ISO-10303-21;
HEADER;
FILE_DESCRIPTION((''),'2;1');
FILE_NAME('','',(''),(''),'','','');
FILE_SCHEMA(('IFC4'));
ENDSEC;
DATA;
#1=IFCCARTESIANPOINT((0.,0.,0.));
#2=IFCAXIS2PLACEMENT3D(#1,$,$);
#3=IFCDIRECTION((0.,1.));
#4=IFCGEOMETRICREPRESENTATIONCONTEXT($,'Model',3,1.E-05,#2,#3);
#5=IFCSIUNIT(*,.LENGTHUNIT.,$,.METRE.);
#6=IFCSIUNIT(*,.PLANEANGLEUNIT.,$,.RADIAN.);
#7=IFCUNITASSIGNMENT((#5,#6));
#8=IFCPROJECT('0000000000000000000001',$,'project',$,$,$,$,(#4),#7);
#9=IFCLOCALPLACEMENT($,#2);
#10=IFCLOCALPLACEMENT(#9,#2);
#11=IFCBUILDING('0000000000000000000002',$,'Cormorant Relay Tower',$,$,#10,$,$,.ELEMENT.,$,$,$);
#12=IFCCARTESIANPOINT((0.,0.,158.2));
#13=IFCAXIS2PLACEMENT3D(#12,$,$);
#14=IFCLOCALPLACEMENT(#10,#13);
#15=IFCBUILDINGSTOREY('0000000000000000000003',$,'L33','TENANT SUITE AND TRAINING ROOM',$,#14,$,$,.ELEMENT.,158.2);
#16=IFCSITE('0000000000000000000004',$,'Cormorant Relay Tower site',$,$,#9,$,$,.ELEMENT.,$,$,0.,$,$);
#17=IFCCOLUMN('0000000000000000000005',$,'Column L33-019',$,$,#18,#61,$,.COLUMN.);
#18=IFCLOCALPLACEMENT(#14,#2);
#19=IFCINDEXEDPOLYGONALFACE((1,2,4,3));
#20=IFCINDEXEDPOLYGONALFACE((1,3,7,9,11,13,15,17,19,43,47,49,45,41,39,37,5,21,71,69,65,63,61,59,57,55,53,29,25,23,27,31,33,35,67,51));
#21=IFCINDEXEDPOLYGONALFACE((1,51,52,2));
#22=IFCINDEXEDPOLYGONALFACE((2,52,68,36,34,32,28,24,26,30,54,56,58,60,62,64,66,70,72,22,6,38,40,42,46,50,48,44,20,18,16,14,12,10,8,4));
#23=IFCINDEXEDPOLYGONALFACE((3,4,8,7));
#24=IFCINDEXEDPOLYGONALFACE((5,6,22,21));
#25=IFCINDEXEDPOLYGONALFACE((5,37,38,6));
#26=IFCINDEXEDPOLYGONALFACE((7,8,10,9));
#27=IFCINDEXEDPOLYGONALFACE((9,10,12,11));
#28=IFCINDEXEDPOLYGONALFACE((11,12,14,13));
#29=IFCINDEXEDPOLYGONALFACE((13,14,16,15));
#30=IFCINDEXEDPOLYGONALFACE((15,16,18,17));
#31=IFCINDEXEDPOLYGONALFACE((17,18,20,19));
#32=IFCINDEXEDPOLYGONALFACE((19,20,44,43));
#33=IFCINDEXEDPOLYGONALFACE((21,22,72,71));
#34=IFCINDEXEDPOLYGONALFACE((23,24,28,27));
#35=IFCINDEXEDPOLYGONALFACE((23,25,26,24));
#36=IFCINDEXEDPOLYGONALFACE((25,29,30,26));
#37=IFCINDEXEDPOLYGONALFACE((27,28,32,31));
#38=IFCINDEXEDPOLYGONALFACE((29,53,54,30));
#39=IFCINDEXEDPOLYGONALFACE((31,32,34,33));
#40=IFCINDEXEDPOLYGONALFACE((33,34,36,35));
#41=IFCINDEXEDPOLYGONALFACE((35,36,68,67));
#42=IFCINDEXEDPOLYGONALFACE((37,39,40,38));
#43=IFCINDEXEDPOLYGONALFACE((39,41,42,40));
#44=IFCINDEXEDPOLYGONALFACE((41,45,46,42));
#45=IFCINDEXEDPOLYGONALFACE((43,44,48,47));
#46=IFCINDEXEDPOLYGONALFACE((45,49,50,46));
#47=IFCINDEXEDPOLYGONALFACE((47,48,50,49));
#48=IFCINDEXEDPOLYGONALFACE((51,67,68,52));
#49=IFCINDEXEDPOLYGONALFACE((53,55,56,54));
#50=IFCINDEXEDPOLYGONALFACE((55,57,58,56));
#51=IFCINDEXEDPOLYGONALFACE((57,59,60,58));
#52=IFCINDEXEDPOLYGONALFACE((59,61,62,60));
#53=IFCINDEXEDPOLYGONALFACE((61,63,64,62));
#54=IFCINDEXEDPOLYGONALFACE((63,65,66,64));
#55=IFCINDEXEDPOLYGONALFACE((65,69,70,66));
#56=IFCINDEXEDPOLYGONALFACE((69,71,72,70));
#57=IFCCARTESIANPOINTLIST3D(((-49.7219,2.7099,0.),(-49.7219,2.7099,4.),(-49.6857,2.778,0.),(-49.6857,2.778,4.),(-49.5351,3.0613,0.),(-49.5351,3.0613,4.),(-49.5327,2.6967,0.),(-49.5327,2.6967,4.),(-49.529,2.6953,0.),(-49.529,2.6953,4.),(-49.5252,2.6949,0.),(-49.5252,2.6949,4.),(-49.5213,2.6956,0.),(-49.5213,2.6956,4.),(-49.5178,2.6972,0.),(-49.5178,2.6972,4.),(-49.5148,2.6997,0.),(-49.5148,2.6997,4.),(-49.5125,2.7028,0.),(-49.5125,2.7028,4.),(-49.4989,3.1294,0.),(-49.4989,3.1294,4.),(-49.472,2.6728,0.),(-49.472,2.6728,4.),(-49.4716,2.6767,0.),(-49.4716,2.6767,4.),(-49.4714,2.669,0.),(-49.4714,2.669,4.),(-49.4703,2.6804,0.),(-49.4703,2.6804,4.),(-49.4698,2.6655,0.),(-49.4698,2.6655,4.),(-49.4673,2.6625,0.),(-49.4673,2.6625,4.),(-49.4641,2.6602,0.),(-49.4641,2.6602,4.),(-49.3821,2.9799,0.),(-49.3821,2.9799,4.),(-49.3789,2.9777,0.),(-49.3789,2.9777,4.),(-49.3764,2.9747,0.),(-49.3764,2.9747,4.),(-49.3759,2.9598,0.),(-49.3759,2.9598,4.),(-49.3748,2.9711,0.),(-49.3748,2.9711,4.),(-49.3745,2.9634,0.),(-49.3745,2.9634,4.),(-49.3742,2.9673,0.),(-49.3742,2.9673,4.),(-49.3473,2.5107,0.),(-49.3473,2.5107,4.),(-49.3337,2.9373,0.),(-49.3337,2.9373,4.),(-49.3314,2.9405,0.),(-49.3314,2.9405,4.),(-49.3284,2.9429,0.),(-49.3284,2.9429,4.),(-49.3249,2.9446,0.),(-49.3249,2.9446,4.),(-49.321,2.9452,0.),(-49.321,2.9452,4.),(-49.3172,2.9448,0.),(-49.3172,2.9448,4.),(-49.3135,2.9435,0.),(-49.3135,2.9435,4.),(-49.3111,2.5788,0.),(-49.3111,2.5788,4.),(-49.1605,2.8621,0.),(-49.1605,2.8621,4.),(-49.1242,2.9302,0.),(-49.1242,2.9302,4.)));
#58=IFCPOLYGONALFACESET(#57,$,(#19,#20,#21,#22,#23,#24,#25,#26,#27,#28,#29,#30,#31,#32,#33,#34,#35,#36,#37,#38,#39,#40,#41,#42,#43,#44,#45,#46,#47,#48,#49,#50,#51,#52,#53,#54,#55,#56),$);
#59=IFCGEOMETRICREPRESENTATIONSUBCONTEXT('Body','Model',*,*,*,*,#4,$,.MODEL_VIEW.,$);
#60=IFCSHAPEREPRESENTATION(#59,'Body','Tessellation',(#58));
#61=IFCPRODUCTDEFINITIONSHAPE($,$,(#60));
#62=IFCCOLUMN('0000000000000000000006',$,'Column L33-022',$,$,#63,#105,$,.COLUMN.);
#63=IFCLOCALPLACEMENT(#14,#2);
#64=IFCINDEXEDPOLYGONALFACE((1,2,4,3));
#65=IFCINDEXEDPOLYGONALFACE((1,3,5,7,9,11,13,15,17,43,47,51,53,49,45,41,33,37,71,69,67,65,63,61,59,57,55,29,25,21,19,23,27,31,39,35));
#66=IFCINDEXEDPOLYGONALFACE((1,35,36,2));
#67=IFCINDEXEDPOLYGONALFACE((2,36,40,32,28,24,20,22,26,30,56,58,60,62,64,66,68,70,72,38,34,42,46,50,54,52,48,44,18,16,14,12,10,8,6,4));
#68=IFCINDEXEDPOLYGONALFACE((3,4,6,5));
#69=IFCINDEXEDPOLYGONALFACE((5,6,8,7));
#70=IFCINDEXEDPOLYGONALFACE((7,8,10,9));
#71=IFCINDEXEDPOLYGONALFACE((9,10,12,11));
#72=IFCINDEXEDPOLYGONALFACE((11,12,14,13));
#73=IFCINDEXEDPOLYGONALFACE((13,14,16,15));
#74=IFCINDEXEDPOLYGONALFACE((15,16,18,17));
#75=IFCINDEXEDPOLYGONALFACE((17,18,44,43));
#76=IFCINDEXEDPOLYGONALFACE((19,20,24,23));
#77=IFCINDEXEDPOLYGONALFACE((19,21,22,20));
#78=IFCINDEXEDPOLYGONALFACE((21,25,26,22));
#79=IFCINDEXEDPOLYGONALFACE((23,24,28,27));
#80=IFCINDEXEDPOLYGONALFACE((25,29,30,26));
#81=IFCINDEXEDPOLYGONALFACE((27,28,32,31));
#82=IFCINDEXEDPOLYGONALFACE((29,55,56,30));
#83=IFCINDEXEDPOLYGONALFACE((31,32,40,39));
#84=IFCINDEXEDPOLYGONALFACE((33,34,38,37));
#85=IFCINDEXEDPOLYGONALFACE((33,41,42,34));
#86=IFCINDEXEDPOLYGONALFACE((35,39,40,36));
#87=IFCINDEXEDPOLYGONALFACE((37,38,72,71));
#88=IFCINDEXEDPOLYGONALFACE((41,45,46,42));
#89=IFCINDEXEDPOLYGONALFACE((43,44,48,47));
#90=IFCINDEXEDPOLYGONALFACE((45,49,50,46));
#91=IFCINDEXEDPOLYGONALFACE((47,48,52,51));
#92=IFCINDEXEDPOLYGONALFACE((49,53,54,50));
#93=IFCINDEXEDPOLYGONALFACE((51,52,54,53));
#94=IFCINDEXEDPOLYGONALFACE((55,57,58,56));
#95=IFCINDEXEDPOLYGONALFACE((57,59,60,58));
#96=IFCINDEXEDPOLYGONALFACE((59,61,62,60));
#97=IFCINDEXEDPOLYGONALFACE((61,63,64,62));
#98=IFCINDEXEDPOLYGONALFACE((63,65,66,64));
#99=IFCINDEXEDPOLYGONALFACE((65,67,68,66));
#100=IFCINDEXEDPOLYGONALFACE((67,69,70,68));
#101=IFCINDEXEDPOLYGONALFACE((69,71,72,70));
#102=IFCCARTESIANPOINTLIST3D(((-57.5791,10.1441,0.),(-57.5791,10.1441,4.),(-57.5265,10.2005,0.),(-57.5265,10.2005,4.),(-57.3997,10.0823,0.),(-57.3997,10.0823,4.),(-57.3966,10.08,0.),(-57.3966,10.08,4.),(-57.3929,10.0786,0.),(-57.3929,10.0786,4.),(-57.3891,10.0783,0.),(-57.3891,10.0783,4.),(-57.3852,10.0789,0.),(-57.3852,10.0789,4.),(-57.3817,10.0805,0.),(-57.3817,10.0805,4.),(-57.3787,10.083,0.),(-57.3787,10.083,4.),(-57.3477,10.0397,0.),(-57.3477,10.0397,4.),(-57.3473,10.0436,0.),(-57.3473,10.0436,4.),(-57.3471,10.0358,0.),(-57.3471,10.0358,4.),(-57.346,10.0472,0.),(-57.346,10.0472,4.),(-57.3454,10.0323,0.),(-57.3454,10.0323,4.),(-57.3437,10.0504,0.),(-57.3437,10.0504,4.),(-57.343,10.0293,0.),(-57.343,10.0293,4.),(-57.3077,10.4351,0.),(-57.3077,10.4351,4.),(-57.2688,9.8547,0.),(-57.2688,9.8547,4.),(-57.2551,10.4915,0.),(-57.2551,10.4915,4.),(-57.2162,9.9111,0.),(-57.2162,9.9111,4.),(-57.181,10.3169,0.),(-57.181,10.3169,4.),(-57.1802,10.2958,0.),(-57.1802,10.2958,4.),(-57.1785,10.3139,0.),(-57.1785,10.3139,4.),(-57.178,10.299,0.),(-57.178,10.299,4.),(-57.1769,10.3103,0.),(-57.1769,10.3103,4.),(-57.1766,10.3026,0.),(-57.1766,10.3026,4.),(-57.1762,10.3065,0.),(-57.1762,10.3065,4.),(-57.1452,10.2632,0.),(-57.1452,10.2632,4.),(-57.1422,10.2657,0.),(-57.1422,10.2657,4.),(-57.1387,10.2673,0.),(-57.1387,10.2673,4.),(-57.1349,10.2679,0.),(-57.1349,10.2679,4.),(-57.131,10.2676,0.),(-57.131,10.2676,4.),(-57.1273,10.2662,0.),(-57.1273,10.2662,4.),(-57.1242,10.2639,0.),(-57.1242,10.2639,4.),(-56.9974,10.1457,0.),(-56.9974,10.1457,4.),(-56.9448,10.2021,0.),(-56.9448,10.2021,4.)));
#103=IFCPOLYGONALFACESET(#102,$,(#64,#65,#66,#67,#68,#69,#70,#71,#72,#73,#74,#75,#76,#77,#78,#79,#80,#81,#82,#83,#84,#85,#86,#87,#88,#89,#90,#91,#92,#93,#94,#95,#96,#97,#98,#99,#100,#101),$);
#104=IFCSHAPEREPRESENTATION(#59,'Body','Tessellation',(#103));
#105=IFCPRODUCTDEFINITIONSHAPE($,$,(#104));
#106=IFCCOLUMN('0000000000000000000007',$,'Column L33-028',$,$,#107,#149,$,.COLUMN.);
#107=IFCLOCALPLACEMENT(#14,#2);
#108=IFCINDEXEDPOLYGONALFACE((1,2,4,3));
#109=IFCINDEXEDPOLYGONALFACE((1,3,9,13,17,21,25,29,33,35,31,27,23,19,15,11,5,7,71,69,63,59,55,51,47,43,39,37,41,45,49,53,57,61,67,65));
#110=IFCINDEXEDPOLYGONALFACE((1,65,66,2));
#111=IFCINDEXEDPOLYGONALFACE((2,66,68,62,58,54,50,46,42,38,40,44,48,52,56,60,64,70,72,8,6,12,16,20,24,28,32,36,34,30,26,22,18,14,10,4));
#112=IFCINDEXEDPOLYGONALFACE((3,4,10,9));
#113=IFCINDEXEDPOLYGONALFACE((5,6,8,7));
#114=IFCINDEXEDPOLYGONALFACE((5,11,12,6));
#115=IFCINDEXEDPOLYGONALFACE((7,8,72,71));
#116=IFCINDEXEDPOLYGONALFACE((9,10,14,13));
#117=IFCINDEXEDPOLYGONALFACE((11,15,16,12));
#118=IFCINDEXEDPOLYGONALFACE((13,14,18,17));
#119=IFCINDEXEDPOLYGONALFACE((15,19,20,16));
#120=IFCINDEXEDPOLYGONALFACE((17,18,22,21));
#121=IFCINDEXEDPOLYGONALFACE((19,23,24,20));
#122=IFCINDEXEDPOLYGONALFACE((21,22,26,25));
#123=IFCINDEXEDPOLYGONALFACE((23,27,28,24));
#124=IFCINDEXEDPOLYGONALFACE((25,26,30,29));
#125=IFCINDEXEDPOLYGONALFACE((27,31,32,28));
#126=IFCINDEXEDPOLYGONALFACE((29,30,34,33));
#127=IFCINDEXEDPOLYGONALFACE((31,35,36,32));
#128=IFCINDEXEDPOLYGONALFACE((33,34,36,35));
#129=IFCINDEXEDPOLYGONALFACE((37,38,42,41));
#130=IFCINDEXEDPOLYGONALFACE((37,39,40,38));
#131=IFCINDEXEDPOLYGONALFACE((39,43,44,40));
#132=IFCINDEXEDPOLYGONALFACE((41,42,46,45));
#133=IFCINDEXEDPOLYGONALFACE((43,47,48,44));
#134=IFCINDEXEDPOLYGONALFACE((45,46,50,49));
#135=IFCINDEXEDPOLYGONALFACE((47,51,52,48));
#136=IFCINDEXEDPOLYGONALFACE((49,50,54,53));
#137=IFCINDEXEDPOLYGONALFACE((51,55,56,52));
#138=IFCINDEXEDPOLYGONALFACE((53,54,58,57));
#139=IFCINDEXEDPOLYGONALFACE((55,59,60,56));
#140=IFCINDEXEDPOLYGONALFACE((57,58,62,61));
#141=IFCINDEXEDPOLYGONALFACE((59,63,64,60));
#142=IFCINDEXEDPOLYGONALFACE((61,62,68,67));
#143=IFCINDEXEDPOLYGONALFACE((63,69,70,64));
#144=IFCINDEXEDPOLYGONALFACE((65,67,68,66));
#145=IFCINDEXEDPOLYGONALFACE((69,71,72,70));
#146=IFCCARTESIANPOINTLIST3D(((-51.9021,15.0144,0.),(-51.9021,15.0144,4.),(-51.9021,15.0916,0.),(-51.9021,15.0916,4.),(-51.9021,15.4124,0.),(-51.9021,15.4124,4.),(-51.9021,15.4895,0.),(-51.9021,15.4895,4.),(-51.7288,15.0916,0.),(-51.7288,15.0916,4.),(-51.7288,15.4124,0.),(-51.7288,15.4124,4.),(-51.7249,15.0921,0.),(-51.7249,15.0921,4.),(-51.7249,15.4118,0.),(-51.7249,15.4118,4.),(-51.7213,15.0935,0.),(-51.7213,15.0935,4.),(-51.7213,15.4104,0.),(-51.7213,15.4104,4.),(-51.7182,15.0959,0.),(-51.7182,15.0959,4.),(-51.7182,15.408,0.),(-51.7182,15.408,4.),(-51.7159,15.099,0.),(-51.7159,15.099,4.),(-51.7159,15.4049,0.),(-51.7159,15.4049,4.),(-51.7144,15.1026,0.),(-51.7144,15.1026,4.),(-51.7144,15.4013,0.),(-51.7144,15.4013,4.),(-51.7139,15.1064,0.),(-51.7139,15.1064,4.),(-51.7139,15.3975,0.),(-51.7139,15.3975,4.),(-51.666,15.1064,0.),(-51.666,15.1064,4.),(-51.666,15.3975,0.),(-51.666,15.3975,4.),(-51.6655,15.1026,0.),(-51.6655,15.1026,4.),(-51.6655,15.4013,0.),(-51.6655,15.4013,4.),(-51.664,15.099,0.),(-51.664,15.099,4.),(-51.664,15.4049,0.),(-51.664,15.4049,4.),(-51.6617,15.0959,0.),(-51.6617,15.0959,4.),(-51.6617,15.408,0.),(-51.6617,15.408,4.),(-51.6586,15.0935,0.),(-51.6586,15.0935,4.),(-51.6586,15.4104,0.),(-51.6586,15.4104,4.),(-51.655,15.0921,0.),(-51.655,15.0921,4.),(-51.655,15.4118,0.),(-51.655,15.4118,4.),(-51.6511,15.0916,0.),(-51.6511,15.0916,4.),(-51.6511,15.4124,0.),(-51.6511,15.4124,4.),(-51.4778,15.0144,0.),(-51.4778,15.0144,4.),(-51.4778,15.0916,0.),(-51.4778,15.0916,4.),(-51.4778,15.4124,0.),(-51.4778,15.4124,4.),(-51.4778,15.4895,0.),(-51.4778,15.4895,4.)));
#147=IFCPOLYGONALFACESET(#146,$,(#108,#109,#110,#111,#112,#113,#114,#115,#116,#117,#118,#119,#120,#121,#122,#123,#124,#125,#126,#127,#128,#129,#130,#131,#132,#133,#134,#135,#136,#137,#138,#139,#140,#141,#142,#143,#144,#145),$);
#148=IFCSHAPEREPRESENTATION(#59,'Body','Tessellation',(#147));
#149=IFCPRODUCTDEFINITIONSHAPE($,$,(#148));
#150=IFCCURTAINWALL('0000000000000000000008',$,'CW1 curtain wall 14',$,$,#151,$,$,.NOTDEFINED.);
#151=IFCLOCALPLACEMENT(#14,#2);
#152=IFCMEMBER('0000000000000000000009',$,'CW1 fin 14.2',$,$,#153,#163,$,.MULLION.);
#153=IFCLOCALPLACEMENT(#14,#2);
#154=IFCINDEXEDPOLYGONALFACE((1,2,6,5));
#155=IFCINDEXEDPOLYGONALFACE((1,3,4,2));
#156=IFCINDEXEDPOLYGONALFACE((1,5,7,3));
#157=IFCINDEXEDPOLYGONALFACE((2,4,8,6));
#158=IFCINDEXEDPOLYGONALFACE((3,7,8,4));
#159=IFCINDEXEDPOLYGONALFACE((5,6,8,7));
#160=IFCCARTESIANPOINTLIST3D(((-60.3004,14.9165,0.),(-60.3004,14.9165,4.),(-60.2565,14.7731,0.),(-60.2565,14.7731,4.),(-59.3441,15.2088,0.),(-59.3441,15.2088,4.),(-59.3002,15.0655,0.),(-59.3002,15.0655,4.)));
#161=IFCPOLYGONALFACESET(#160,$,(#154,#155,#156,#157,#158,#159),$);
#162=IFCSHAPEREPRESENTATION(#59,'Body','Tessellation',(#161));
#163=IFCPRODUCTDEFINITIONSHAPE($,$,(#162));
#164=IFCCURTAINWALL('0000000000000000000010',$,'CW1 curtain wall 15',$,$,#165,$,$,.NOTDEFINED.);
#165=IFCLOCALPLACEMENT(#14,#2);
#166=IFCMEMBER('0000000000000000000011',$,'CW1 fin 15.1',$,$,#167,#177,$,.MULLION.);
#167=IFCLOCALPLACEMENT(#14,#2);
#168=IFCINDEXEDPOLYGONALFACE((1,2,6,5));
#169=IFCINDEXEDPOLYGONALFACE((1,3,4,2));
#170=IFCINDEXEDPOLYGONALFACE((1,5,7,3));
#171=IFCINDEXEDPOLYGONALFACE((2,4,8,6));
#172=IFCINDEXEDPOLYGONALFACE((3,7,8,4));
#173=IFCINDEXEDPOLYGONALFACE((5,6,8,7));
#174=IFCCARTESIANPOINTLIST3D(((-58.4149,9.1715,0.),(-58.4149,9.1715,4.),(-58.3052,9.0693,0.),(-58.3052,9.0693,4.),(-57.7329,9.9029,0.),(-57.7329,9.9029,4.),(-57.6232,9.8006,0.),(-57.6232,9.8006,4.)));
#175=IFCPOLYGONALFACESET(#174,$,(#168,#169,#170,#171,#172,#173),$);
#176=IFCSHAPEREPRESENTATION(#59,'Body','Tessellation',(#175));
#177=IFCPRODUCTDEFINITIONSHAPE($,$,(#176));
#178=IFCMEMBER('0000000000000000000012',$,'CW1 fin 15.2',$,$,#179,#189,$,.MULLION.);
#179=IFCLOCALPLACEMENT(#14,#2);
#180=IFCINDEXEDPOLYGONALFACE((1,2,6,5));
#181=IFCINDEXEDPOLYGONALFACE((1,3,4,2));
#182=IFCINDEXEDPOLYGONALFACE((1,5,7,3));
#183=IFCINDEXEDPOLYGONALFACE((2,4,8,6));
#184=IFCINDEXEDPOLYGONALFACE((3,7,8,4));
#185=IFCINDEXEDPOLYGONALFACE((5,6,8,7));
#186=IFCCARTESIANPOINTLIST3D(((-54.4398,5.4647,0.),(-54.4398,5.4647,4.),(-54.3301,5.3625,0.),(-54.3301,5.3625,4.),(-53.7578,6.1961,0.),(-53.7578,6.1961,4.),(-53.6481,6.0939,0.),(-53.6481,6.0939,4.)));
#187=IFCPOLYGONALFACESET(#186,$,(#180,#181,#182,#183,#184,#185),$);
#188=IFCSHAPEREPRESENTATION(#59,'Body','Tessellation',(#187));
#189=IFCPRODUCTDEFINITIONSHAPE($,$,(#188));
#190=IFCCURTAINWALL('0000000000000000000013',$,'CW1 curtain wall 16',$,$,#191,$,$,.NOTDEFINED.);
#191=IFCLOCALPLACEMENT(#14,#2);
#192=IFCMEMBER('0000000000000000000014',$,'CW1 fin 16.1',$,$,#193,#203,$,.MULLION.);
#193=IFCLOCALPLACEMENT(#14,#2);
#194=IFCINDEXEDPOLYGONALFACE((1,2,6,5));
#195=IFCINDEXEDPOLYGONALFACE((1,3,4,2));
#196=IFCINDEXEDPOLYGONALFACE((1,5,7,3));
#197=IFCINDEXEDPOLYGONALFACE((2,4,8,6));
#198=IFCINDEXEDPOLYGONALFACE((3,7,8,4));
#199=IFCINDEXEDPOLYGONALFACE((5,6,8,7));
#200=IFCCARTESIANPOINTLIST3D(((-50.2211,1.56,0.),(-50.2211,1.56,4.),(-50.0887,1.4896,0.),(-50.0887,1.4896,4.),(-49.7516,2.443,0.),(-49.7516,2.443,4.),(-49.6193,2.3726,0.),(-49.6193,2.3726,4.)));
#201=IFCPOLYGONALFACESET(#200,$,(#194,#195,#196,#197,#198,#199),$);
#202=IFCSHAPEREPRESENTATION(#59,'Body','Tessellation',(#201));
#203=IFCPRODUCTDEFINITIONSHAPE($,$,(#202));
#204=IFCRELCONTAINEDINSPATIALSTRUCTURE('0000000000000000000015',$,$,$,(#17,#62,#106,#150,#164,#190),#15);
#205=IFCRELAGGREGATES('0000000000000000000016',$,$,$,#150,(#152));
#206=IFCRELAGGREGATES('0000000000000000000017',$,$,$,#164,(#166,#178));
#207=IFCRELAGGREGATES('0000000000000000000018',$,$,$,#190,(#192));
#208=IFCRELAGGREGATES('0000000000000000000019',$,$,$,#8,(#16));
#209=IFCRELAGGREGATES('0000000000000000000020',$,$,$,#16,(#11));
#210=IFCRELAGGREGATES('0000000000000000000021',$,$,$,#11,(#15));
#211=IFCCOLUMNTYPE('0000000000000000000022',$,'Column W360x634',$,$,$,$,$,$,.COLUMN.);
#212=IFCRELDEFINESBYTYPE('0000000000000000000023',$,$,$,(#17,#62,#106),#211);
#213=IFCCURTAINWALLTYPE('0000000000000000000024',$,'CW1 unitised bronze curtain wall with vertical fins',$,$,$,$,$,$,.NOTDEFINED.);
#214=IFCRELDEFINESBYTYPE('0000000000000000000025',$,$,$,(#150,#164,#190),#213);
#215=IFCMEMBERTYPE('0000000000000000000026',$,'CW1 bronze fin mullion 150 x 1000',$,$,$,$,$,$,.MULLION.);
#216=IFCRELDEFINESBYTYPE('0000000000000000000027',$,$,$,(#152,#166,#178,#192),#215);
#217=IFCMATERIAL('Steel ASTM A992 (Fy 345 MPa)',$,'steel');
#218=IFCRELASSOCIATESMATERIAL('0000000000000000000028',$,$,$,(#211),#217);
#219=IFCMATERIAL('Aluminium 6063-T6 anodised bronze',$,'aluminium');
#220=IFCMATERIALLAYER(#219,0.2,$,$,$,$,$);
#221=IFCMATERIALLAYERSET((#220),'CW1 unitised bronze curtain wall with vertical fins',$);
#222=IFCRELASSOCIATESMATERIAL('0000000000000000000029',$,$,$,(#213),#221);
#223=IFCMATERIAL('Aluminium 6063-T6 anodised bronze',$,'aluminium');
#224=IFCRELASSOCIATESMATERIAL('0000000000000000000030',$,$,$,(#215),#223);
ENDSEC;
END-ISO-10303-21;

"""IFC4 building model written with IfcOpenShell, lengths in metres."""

from ifc_helpers import new_model, si_unit, direction, frame, origin, origin_2d, place, context, subcontext, project, spatial, rectangle, i_section, extrude, material, layer, layer_set, material_profile, profile_set, type_object, element, aggregate, save


model = new_model("IFC4")

# Units and contexts
model_context = context("Model", 3, precision=1e-05, world=origin(), true_north=direction((0.0, 1.0)))
body_context = subcontext(model_context, "Body", "Model", "MODEL_VIEW")
ifc_project = project(units=[si_unit("LENGTHUNIT", "METRE"), si_unit("PLANEANGLEUNIT", "RADIAN")], contexts=[model_context])

# Site, building, storey
site_placement = place(None, origin())
site = spatial("IfcSite", under=ifc_project, at=site_placement, Name="Cormorant Relay Tower site", CompositionType="ELEMENT", RefElevation=0.0)
building_placement = place(site_placement, origin())
building = spatial("IfcBuilding", under=site, at=building_placement, Name="Cormorant Relay Tower", CompositionType="ELEMENT")
storey_placement = place(building_placement, frame((0.0, 0.0, 158.2)))
storey = spatial("IfcBuildingStorey", under=building, at=storey_placement, Name="L33", Description="TENANT SUITE AND TRAINING ROOM", CompositionType="ELEMENT", Elevation=158.2)

# Columns
ifc_material_1 = material(Name="Steel ASTM A992 (Fy 345 MPa)", Category="steel")
ifc_material_profile_1 = material_profile(ifc_material_1, i_section(OverallWidth=0.4243, OverallDepth=0.4751, WebThickness=0.0479, FlangeThickness=0.0771, FilletRadius=0.0149, at=origin_2d()), Name="W360x634")
ifc_profile_set_1 = profile_set([ifc_material_profile_1], Name="Steel ASTM A992 (Fy 345 MPa)")
column_type = type_object("IfcColumnType", Name="Column W360x634", PredefinedType="COLUMN", material=ifc_profile_set_1)
for number, where, z_axis, x_axis, name in (
    (1, (-49.4231, 2.8201, 0.0), (0.0, 0.0, 1.0), (0.882948, -0.469472, 0.0), "Column L33-019"),
    (2, (-57.262, 10.1731, 0.0), (0.0, 0.0, 1.0), (0.731354, -0.681998, 0.0), "Column L33-022"),
    (3, (-51.6899, 15.252, 0.0), (0.0, 0.0, 1.0), (1.0, 0.0, 0.0), "Column L33-028"),
):
    element("IfcColumn", number, at=place(storey_placement, frame(where, z_axis=z_axis, x_axis=x_axis)), inside=storey, type_object=column_type, Name=name, PredefinedType="COLUMN", context=body_context, shape_type="SweptSolid", body=[
        extrude(i_section(OverallWidth=0.4243, OverallDepth=0.4751, WebThickness=0.0479, FlangeThickness=0.0771, FilletRadius=0.0149, at=origin_2d()), origin(), (0.0, 0.0, 1.0), 4.0),
    ])

# Curtain wall, member
ifc_material_2 = material(Name="Aluminium 6063-T6 anodised bronze", Category="aluminium")
ifc_layer_1 = layer(ifc_material_2, 0.2)
ifc_layer_set_1 = layer_set([ifc_layer_1], Name="CW1 unitised bronze curtain wall with vertical fins")
curtain_wall_type = type_object("IfcCurtainWallType", Name="CW1 unitised bronze curtain wall with vertical fins", PredefinedType="NOTDEFINED", material=ifc_layer_set_1)
curtain_wall_1_placement = place(storey_placement, origin())
curtain_wall_1 = element("IfcCurtainWall", 4, at=curtain_wall_1_placement, inside=storey, type_object=curtain_wall_type, Name="CW1 curtain wall 14", PredefinedType="NOTDEFINED")
ifc_material_3 = material(Name="Aluminium 6063-T6 anodised bronze", Category="aluminium")
ifc_material_profile_2 = material_profile(ifc_material_3, rectangle(XDim=0.1499, YDim=1.0, at=origin_2d()), Name="AL 150x1000")
ifc_profile_set_2 = profile_set([ifc_material_profile_2], Name="Aluminium 6063-T6 anodised bronze")
member_type_1 = type_object("IfcMemberType", Name="CW1 bronze fin mullion 150 x 1000", PredefinedType="MULLION", material=ifc_profile_set_2)
member_1_placement = place(storey_placement, frame((-59.8003, 14.991, 0.0), z_axis=(0.0, 0.0, 1.0), x_axis=(0.292372, -0.956305, 0.0)))
member_1 = element("IfcMember", 5, at=member_1_placement, type_object=member_type_1, Name="CW1 fin 14.2", PredefinedType="MULLION", context=body_context, shape_type="SweptSolid", body=[
    extrude(rectangle(XDim=0.1499, YDim=1.0, at=origin_2d()), origin(), (0.0, 0.0, 1.0), 4.0),
])

# Curtain wall, members
curtain_wall_2_placement = place(storey_placement, origin())
curtain_wall_2 = element("IfcCurtainWall", 6, at=curtain_wall_2_placement, inside=storey, type_object=curtain_wall_type, Name="CW1 curtain wall 15", PredefinedType="NOTDEFINED")
member_2_placement = place(storey_placement, frame((-58.019, 9.4861, 0.0), z_axis=(0.0, 0.0, 1.0), x_axis=(0.731354, -0.681998, 0.0)))
member_2 = element("IfcMember", 7, at=member_2_placement, type_object=member_type_1, Name="CW1 fin 15.1", PredefinedType="MULLION", context=body_context, shape_type="SweptSolid", body=[
    extrude(rectangle(XDim=0.1499, YDim=1.0, at=origin_2d()), origin(), (0.0, 0.0, 1.0), 4.0),
])
member_3_placement = place(storey_placement, frame((-54.0439, 5.7793, 0.0), z_axis=(0.0, 0.0, 1.0), x_axis=(0.731354, -0.681998, 0.0)))
member_3 = element("IfcMember", 8, at=member_3_placement, type_object=member_type_1, Name="CW1 fin 15.2", PredefinedType="MULLION", context=body_context, shape_type="SweptSolid", body=[
    extrude(rectangle(XDim=0.1499, YDim=1.0, at=origin_2d()), origin(), (0.0, 0.0, 1.0), 4.0),
])

# Curtain wall, member
curtain_wall_3_placement = place(storey_placement, origin())
curtain_wall_3 = element("IfcCurtainWall", 9, at=curtain_wall_3_placement, inside=storey, type_object=curtain_wall_type, Name="CW1 curtain wall 16", PredefinedType="NOTDEFINED")
member_4_placement = place(storey_placement, frame((-49.9202, 1.9663, 0.0), z_axis=(0.0, 0.0, 1.0), x_axis=(0.882948, -0.469472, 0.0)))
member_4 = element("IfcMember", 10, at=member_4_placement, type_object=member_type_1, Name="CW1 fin 16.1", PredefinedType="MULLION", context=body_context, shape_type="SweptSolid", body=[
    extrude(rectangle(XDim=0.1499, YDim=1.0, at=origin_2d()), origin(), (0.0, 0.0, 1.0), 4.0),
])

aggregate(curtain_wall_1, [member_1])

aggregate(curtain_wall_2, [member_2, member_3])
aggregate(curtain_wall_3, [member_4])

save(model, "model.ifc")
